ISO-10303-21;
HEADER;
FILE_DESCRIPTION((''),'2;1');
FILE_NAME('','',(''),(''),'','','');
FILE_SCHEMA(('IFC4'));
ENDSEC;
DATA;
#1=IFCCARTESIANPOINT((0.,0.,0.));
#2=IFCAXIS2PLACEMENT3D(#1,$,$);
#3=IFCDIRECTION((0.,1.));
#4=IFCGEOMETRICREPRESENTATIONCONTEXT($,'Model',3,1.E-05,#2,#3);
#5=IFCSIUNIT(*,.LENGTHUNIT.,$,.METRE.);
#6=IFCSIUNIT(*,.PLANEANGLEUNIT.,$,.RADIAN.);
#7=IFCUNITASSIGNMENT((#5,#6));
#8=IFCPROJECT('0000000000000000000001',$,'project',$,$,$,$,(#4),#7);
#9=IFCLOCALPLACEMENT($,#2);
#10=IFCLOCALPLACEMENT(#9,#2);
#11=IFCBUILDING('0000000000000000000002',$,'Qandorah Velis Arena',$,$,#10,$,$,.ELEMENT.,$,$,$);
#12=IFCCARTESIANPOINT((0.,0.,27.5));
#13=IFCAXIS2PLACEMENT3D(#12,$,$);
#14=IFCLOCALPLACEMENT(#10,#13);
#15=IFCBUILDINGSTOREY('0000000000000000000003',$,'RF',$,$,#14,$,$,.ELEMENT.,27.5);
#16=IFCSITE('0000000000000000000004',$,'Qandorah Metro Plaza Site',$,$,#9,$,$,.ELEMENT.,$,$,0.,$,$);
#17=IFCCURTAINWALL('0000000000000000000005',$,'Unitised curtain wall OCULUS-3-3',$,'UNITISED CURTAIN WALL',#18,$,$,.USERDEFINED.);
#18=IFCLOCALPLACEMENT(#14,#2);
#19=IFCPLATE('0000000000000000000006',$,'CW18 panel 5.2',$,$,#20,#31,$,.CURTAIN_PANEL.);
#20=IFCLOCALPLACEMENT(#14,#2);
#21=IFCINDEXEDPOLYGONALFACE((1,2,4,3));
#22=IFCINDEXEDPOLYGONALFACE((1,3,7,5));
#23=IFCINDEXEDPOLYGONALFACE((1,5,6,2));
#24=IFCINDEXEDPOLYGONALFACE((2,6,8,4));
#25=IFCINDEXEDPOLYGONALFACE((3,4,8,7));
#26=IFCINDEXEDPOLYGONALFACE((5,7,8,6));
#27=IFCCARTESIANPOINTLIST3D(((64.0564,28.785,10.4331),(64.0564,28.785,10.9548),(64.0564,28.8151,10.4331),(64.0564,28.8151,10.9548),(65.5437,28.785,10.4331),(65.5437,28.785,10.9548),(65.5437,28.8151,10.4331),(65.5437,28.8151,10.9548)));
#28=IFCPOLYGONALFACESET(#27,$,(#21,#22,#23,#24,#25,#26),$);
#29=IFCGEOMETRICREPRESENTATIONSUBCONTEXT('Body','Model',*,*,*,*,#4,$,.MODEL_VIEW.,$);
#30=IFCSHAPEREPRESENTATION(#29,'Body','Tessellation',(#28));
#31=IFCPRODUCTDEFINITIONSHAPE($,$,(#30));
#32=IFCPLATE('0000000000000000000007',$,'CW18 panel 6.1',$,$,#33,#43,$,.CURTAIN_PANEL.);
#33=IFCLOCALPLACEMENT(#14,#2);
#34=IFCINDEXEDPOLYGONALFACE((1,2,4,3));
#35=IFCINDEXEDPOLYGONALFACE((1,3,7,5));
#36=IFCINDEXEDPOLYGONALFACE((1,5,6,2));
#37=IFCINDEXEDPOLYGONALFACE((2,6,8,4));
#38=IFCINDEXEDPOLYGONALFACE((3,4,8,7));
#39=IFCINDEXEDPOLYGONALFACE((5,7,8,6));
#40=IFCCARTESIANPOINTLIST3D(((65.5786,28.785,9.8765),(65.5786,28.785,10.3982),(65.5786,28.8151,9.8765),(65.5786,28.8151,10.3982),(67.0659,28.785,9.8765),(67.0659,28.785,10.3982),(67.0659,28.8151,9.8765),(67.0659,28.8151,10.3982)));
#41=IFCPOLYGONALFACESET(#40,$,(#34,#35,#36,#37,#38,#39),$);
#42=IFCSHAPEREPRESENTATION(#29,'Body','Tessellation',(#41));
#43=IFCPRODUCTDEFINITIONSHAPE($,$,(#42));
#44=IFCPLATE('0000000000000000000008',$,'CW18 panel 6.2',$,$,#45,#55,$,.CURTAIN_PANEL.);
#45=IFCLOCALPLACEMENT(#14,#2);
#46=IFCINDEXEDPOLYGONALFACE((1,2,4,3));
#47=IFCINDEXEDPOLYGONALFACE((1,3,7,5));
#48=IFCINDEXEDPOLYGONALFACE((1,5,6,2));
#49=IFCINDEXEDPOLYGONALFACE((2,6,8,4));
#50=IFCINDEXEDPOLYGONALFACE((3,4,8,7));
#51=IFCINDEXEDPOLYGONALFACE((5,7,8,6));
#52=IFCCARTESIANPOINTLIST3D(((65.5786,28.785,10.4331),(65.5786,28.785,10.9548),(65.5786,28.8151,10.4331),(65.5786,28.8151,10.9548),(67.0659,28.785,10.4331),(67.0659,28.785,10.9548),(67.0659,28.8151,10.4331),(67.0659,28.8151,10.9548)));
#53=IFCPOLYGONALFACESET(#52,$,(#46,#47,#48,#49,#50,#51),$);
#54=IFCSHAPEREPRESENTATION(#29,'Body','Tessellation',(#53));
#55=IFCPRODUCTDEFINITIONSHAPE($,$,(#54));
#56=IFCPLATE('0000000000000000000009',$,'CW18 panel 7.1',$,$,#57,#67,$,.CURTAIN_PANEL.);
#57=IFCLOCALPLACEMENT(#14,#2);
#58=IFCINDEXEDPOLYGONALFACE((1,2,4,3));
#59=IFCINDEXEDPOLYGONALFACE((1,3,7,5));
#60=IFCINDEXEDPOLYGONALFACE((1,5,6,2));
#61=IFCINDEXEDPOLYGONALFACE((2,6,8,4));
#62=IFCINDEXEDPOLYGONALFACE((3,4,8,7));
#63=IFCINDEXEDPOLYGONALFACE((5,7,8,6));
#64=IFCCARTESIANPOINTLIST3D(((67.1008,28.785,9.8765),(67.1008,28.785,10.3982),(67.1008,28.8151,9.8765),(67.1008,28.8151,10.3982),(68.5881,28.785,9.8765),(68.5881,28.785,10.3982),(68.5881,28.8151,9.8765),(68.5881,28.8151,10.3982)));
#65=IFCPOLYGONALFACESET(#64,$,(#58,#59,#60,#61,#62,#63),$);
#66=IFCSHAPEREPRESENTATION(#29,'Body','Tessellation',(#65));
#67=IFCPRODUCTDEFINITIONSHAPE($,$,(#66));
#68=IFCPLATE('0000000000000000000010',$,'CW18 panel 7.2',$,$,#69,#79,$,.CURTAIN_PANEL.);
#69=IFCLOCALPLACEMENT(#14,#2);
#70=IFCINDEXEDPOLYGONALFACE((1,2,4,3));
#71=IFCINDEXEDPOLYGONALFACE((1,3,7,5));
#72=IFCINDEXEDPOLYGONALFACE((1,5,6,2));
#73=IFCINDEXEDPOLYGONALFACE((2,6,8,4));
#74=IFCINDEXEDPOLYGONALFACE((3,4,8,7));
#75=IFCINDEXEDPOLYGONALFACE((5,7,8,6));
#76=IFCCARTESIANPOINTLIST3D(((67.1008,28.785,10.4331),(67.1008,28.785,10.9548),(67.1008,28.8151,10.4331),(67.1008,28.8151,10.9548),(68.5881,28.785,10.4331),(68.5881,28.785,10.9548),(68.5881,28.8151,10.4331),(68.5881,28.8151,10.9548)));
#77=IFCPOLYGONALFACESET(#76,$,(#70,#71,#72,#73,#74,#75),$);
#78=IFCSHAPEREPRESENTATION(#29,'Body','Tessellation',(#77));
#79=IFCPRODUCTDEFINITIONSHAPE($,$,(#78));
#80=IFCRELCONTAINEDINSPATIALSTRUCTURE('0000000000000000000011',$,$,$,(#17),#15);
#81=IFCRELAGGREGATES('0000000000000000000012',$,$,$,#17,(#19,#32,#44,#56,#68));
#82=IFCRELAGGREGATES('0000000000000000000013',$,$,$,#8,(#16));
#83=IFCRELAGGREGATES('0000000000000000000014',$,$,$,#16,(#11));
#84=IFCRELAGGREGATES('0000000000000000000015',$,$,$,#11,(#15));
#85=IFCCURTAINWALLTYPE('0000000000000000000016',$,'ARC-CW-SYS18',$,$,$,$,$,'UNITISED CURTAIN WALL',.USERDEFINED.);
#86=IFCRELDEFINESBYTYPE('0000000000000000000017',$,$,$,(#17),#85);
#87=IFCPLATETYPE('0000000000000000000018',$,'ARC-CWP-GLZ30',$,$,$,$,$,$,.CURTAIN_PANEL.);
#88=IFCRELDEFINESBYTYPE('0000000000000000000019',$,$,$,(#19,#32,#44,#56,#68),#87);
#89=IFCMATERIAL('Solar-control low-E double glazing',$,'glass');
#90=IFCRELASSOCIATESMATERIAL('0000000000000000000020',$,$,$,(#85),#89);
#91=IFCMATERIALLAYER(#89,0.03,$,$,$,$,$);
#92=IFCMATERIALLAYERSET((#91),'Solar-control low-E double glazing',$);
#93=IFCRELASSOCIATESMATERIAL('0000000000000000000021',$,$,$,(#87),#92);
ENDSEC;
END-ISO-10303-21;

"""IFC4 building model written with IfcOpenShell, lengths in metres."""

from ifc_helpers import new_model, si_unit, direction, frame, origin, origin_2d, place, context, subcontext, project, spatial, rectangle, extrude, material, layer, layer_set, type_object, element, aggregate, save


model = new_model("IFC4")

# Units and contexts
model_context = context("Model", 3, precision=1e-05, world=origin(), true_north=direction((0.0, 1.0)))
body_context = subcontext(model_context, "Body", "Model", "MODEL_VIEW")
ifc_project = project(units=[si_unit("LENGTHUNIT", "METRE"), si_unit("PLANEANGLEUNIT", "RADIAN")], contexts=[model_context])

# Site, building, storey
site_placement = place(None, origin())
site = spatial("IfcSite", under=ifc_project, at=site_placement, Name="Qandorah Metro Plaza Site", CompositionType="ELEMENT", RefElevation=0.0)
building_placement = place(site_placement, origin())
building = spatial("IfcBuilding", under=site, at=building_placement, Name="Qandorah Velis Arena", CompositionType="ELEMENT")
storey_placement = place(building_placement, frame((0.0, 0.0, 27.5)))
storey = spatial("IfcBuildingStorey", under=building, at=storey_placement, Name="RF", CompositionType="ELEMENT", Elevation=27.5)

# Shared definitions
ifc_material_1 = material(Name="Solar-control low-E double glazing", Category="glass")

# Curtain wall
curtain_wall_type_1 = type_object("IfcCurtainWallType", Name="ARC-CW-SYS18", ElementType="UNITISED CURTAIN WALL", PredefinedType="USERDEFINED", material=ifc_material_1)
curtain_wall_1_placement = place(storey_placement, origin())
curtain_wall_1 = element("IfcCurtainWall", 1, at=curtain_wall_1_placement, inside=storey, type_object=curtain_wall_type_1, Name="Unitised curtain wall OCULUS-3-3", ObjectType="UNITISED CURTAIN WALL", PredefinedType="USERDEFINED")

# Plates
ifc_layer = layer(ifc_material_1, 0.03)
ifc_layer_set = layer_set([ifc_layer], Name="Solar-control low-E double glazing")
plate_type = type_object("IfcPlateType", Name="ARC-CWP-GLZ30", PredefinedType="CURTAIN_PANEL", material=ifc_layer_set)
plate_1_placement = place(storey_placement, frame((64.8, 28.8, 10.4331), z_axis=(0.0, 0.0, 1.0), x_axis=(1.0, 0.0, 0.0)))
plate_1 = element("IfcPlate", 2, at=plate_1_placement, type_object=plate_type, Name="CW18 panel 5.2", PredefinedType="CURTAIN_PANEL", context=body_context, shape_type="SweptSolid", body=[
    extrude(rectangle(XDim=1.4873, YDim=0.03, at=origin_2d()), origin(), (0.0, 0.0, 1.0), 0.5217),
])
plate_2_placement = place(storey_placement, frame((66.3223, 28.8, 9.8765), z_axis=(0.0, 0.0, 1.0), x_axis=(1.0, 0.0, 0.0)))
plate_2 = element("IfcPlate", 3, at=plate_2_placement, type_object=plate_type, Name="CW18 panel 6.1", PredefinedType="CURTAIN_PANEL", context=body_context, shape_type="SweptSolid", body=[
    extrude(rectangle(XDim=1.4873, YDim=0.03, at=origin_2d()), origin(), (0.0, 0.0, 1.0), 0.5217),
])
plate_3_placement = place(storey_placement, frame((66.3223, 28.8, 10.4331), z_axis=(0.0, 0.0, 1.0), x_axis=(1.0, 0.0, 0.0)))
plate_3 = element("IfcPlate", 4, at=plate_3_placement, type_object=plate_type, Name="CW18 panel 6.2", PredefinedType="CURTAIN_PANEL", context=body_context, shape_type="SweptSolid", body=[
    extrude(rectangle(XDim=1.4873, YDim=0.03, at=origin_2d()), origin(), (0.0, 0.0, 1.0), 0.5217),
])
plate_4_placement = place(storey_placement, frame((67.8445, 28.8, 9.8765), z_axis=(0.0, 0.0, 1.0), x_axis=(1.0, 0.0, 0.0)))
plate_4 = element("IfcPlate", 5, at=plate_4_placement, type_object=plate_type, Name="CW18 panel 7.1", PredefinedType="CURTAIN_PANEL", context=body_context, shape_type="SweptSolid", body=[
    extrude(rectangle(XDim=1.4873, YDim=0.03, at=origin_2d()), origin(), (0.0, 0.0, 1.0), 0.5217),
])
plate_5_placement = place(storey_placement, frame((67.8445, 28.8, 10.4331), z_axis=(0.0, 0.0, 1.0), x_axis=(1.0, 0.0, 0.0)))
plate_5 = element("IfcPlate", 6, at=plate_5_placement, type_object=plate_type, Name="CW18 panel 7.2", PredefinedType="CURTAIN_PANEL", context=body_context, shape_type="SweptSolid", body=[
    extrude(rectangle(XDim=1.4873, YDim=0.03, at=origin_2d()), origin(), (0.0, 0.0, 1.0), 0.5217),
])
aggregate(curtain_wall_1, [plate_1, plate_2, plate_3, plate_4, plate_5])

save(model, "model.ifc")
